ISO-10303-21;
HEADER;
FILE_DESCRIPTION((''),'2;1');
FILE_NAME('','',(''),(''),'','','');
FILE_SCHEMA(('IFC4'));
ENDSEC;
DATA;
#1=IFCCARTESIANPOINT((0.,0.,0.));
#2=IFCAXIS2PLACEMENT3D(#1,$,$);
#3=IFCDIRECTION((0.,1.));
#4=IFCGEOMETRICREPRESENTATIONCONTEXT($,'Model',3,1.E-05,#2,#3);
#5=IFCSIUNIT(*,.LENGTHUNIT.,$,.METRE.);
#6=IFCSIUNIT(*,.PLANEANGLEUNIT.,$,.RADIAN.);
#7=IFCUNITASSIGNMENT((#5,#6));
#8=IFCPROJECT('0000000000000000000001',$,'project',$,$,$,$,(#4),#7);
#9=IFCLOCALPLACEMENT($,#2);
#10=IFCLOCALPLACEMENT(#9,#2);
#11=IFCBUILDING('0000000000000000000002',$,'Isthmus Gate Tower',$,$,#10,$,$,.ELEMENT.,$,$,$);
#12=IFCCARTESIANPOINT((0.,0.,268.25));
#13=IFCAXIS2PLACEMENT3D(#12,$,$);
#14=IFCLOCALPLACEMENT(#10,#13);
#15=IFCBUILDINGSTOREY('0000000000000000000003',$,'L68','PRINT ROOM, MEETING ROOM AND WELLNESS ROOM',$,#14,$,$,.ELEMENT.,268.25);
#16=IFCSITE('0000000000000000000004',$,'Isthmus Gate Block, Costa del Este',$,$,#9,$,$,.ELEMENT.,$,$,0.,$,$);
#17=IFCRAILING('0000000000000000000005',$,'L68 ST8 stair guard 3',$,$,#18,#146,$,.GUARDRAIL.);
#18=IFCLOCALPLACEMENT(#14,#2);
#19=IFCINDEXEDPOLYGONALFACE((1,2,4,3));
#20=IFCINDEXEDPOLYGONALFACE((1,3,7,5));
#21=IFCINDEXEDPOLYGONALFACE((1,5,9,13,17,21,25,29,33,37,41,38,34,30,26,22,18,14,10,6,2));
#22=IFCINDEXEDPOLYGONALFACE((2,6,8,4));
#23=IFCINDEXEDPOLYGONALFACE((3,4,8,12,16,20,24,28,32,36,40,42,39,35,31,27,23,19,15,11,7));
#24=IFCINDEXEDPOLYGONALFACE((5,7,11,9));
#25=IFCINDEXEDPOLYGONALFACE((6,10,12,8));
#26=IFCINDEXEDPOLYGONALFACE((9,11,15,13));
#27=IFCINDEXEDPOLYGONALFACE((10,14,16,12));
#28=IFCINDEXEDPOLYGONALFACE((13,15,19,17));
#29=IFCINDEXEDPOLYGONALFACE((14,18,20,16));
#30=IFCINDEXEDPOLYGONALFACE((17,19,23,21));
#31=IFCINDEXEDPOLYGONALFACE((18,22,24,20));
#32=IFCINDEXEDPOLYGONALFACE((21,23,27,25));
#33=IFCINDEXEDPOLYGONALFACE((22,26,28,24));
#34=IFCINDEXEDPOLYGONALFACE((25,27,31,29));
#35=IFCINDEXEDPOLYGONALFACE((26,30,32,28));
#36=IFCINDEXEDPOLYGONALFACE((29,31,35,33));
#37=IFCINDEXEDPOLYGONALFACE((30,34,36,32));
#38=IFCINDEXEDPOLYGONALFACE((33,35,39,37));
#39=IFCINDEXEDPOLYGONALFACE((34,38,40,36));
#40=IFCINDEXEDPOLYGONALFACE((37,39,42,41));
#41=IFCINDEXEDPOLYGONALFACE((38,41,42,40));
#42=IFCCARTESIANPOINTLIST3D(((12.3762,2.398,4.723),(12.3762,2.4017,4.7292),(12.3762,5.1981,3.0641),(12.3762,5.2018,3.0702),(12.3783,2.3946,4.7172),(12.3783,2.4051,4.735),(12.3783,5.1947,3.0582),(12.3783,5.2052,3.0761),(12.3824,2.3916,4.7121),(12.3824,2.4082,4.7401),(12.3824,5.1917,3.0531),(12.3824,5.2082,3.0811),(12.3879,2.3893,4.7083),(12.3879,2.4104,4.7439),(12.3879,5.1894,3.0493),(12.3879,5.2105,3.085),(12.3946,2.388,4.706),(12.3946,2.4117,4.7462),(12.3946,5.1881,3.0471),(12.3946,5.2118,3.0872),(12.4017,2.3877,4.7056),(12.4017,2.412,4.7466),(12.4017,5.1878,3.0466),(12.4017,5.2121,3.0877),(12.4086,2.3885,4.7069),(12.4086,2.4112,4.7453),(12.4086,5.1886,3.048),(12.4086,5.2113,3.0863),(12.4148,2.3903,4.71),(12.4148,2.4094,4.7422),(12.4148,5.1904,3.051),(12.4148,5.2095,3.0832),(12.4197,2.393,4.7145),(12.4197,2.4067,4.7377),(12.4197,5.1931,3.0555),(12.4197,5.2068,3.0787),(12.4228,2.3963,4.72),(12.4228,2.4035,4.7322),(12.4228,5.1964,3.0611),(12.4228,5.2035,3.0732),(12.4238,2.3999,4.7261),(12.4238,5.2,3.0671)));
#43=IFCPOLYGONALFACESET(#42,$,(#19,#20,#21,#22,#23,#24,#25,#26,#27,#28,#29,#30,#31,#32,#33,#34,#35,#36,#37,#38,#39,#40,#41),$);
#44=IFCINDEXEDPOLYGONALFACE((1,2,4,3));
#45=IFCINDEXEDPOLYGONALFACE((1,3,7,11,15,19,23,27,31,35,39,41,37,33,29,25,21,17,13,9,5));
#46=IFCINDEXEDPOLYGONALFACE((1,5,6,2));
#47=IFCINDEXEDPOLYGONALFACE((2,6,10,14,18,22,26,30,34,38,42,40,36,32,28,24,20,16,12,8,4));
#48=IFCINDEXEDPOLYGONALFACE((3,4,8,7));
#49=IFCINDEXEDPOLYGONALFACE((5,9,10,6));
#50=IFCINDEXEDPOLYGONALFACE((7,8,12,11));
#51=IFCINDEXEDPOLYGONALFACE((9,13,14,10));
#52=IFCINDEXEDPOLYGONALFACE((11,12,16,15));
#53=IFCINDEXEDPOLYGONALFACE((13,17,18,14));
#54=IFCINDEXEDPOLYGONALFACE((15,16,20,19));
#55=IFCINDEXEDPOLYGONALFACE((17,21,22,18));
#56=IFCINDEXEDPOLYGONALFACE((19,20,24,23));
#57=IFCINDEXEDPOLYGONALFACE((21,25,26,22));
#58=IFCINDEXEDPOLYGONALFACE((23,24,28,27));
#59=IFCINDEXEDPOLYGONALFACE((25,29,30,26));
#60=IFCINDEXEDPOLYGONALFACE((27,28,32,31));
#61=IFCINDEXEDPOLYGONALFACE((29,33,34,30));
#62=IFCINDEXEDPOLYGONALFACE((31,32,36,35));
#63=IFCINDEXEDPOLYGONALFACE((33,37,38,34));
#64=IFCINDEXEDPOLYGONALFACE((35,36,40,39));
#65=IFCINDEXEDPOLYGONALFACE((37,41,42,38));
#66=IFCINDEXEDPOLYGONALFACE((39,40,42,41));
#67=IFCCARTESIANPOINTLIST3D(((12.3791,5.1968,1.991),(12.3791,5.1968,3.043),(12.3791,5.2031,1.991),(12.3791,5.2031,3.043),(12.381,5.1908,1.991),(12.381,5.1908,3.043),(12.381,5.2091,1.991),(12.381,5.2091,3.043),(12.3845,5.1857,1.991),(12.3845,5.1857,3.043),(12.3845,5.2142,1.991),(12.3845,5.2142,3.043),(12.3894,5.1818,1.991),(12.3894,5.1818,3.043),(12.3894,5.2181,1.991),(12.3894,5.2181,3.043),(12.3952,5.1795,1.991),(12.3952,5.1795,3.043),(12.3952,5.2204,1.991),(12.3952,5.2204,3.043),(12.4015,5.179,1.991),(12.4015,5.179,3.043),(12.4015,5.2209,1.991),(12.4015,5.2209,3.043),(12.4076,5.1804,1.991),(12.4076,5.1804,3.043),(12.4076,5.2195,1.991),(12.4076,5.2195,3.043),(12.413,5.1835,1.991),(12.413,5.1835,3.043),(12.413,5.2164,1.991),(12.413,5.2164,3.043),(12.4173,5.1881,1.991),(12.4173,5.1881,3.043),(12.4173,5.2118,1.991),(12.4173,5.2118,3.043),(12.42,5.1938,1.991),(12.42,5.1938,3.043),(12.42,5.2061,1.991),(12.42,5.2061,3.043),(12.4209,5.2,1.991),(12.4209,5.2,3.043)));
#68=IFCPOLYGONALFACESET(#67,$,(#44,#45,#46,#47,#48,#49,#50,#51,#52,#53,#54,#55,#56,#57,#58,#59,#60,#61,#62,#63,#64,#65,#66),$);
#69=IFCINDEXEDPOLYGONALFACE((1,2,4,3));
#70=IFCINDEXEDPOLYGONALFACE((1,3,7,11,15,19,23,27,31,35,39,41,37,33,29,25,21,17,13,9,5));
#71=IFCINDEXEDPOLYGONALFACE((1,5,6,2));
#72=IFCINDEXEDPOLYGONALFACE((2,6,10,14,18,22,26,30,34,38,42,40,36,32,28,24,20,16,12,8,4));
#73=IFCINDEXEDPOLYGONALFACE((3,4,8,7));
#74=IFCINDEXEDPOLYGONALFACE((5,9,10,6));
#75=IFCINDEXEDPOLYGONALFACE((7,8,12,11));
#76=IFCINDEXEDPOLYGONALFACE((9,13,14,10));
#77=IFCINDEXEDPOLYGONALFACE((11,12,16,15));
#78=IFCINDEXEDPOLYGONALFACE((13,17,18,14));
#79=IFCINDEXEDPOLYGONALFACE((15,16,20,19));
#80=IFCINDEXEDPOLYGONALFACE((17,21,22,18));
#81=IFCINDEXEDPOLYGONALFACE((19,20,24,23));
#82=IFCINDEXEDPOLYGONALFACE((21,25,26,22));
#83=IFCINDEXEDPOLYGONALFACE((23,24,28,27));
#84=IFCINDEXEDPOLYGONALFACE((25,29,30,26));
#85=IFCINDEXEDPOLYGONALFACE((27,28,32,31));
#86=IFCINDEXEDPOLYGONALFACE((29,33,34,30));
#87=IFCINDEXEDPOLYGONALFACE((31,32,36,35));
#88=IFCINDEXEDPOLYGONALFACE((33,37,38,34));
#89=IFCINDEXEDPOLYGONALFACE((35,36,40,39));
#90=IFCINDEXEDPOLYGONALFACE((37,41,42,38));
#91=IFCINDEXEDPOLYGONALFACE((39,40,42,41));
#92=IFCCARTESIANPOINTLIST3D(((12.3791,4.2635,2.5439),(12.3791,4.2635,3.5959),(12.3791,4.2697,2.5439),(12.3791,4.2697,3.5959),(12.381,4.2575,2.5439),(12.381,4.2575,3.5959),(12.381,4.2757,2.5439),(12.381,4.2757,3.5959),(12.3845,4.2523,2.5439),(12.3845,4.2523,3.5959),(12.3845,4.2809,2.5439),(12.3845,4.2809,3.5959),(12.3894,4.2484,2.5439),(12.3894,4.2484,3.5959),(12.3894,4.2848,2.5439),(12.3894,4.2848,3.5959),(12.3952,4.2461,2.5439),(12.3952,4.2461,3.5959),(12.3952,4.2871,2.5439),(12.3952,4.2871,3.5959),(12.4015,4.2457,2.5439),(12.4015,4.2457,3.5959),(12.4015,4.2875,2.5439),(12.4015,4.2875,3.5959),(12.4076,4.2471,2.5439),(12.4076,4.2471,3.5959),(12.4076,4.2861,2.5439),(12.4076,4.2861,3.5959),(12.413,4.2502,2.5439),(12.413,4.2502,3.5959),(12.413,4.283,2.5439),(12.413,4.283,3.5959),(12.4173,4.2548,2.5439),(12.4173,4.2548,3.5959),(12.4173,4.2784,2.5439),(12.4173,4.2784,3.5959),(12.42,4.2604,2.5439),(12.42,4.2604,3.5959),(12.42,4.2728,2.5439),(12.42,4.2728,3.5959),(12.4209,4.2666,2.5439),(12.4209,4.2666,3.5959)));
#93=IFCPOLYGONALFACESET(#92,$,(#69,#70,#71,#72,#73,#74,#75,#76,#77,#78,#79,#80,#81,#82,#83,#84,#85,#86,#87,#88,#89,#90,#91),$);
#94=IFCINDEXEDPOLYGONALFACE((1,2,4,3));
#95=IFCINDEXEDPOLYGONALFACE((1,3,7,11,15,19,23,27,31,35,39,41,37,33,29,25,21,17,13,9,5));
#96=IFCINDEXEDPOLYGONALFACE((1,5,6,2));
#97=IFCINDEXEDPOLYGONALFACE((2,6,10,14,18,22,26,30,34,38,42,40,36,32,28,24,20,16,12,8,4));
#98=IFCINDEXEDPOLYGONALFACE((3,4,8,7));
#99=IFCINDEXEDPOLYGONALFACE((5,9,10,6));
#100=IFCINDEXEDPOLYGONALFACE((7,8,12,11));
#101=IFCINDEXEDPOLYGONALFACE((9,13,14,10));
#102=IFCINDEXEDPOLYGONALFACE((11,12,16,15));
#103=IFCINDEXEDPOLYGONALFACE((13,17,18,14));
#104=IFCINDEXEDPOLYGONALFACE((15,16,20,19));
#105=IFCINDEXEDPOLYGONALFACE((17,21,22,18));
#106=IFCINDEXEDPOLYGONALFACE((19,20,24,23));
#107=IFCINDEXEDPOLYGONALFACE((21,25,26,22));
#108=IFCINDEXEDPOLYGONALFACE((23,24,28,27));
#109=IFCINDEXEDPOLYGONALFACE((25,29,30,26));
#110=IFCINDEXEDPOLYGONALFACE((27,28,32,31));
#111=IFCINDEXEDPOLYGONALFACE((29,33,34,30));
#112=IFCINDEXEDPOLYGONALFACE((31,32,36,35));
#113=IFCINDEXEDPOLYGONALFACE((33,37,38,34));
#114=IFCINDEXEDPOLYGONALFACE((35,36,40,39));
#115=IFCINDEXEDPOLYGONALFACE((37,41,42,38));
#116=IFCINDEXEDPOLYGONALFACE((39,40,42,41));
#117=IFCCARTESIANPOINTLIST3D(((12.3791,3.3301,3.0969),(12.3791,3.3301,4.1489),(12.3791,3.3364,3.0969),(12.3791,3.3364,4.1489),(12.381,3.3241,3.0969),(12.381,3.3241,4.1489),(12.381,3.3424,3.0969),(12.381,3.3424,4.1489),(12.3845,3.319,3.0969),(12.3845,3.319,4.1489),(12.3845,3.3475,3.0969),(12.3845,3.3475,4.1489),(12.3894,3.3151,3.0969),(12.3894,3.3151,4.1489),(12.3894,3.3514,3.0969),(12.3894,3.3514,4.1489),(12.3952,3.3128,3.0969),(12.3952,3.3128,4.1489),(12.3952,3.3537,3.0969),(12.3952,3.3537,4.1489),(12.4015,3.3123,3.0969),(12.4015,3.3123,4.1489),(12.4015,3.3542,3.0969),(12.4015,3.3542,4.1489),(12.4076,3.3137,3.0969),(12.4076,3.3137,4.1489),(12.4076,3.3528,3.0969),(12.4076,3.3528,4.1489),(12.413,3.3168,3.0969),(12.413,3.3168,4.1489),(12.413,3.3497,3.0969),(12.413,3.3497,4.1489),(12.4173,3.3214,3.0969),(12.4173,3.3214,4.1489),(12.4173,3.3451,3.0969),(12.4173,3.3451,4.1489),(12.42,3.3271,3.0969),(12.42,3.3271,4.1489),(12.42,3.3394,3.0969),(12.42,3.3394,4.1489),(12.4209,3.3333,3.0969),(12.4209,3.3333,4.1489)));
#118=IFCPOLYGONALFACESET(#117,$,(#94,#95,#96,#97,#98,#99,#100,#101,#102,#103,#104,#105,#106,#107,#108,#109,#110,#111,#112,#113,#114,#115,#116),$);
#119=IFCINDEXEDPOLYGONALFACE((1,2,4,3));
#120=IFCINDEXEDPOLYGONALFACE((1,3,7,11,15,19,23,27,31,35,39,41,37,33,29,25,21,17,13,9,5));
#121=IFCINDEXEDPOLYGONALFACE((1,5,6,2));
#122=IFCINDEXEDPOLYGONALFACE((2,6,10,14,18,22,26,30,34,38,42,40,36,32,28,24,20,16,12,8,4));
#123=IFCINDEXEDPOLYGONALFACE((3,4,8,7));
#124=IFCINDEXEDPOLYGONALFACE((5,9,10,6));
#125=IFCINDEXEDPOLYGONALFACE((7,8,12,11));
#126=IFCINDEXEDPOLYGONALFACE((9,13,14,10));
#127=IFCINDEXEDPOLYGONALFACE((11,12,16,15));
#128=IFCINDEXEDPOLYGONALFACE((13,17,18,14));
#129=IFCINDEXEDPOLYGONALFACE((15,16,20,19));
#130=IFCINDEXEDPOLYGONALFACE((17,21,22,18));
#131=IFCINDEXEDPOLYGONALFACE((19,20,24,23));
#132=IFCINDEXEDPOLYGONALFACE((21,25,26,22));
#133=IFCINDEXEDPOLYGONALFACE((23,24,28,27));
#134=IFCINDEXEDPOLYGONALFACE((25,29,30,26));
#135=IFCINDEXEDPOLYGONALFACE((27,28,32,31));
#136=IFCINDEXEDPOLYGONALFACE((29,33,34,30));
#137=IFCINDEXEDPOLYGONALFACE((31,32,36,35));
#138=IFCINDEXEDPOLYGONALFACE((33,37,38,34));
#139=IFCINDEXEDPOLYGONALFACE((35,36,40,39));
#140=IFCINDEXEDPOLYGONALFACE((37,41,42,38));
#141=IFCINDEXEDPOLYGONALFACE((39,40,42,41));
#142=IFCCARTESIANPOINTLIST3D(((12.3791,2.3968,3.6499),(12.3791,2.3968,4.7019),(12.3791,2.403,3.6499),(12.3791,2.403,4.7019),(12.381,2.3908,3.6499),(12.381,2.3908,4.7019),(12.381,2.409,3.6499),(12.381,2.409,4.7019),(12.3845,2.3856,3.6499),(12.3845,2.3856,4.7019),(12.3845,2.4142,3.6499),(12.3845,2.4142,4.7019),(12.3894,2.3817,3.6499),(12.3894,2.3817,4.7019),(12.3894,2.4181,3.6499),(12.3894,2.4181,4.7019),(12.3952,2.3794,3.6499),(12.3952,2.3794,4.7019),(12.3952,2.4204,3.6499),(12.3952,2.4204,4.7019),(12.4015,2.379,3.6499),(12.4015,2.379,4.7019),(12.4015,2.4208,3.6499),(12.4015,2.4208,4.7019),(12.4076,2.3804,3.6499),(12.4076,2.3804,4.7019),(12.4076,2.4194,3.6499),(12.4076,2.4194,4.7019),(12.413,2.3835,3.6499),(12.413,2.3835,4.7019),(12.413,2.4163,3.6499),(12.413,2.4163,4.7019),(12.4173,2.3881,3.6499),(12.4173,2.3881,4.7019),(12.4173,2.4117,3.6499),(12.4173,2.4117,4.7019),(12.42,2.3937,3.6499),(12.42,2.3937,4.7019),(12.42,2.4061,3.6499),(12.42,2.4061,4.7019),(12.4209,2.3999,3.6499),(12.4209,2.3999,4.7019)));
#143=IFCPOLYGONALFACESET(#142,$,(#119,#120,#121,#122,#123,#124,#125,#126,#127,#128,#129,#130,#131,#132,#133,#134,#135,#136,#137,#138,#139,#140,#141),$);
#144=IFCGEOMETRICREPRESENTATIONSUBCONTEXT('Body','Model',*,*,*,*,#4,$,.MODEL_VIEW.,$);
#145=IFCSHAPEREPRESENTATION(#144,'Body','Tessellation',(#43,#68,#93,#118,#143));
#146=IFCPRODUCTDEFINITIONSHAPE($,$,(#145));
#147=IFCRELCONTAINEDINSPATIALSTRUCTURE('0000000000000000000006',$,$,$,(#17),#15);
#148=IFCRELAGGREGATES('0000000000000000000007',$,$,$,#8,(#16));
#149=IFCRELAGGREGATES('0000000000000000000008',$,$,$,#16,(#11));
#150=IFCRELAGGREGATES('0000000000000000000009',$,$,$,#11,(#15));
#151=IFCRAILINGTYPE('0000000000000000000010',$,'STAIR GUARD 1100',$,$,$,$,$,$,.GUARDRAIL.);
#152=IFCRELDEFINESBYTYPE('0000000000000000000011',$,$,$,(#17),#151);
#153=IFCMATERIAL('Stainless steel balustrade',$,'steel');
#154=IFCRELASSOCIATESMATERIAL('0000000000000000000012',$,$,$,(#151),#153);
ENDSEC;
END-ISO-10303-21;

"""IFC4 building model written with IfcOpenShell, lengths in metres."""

from ifc_helpers import new_model, si_unit, direction, frame, origin, origin_2d, place, context, subcontext, project, spatial, circle, extrude, material, type_object, element, save


model = new_model("IFC4")

# Units and contexts
model_context = context("Model", 3, precision=1e-05, world=origin(), true_north=direction((0.0, 1.0)))
body_context = subcontext(model_context, "Body", "Model", "MODEL_VIEW")
ifc_project = project(units=[si_unit("LENGTHUNIT", "METRE"), si_unit("PLANEANGLEUNIT", "RADIAN")], contexts=[model_context])

# Site, building, storey
site_placement = place(None, origin())
site = spatial("IfcSite", under=ifc_project, at=site_placement, Name="Isthmus Gate Block, Costa del Este", CompositionType="ELEMENT", RefElevation=0.0)
building_placement = place(site_placement, origin())
building = spatial("IfcBuilding", under=site, at=building_placement, Name="Isthmus Gate Tower", CompositionType="ELEMENT")
storey_placement = place(building_placement, frame((0.0, 0.0, 268.25)))
storey = spatial("IfcBuildingStorey", under=building, at=storey_placement, Name="L68", Description="PRINT ROOM, MEETING ROOM AND WELLNESS ROOM", CompositionType="ELEMENT", Elevation=268.25)

# Railing
ifc_material_1 = material(Name="Stainless steel balustrade", Category="steel")
railing_type_1 = type_object("IfcRailingType", Name="STAIR GUARD 1100", PredefinedType="GUARDRAIL", material=ifc_material_1)
railing_1_placement = place(storey_placement, frame((12.3999, 5.2, 1.991)))
element("IfcRailing", 1, at=railing_1_placement, inside=storey, type_object=railing_type_1, Name="L68 ST8 stair guard 3", PredefinedType="GUARDRAIL", context=body_context, shape_type="SweptSolid", body=[
    extrude(circle(Radius=0.0239, at=origin_2d()), frame((0.0, 0.0, 1.0762), z_axis=(0.0, -0.860339, 0.509722), x_axis=(1.0, 0.0, 0.0)), (0.0, 0.0, 1.0), 3.2546),
    extrude(circle(Radius=0.021, at=origin_2d()), origin(), (0.0, 0.0, 1.0), 1.052),
    extrude(circle(Radius=0.021, at=origin_2d()), frame((0.0, -0.9333, 0.553)), (0.0, 0.0, 1.0), 1.052),
    extrude(circle(Radius=0.021, at=origin_2d()), frame((0.0, -1.8667, 1.106)), (0.0, 0.0, 1.0), 1.052),
    extrude(circle(Radius=0.021, at=origin_2d()), frame((0.0, -2.8, 1.6589)), (0.0, 0.0, 1.0), 1.052),
])

save(model, "model.ifc")
